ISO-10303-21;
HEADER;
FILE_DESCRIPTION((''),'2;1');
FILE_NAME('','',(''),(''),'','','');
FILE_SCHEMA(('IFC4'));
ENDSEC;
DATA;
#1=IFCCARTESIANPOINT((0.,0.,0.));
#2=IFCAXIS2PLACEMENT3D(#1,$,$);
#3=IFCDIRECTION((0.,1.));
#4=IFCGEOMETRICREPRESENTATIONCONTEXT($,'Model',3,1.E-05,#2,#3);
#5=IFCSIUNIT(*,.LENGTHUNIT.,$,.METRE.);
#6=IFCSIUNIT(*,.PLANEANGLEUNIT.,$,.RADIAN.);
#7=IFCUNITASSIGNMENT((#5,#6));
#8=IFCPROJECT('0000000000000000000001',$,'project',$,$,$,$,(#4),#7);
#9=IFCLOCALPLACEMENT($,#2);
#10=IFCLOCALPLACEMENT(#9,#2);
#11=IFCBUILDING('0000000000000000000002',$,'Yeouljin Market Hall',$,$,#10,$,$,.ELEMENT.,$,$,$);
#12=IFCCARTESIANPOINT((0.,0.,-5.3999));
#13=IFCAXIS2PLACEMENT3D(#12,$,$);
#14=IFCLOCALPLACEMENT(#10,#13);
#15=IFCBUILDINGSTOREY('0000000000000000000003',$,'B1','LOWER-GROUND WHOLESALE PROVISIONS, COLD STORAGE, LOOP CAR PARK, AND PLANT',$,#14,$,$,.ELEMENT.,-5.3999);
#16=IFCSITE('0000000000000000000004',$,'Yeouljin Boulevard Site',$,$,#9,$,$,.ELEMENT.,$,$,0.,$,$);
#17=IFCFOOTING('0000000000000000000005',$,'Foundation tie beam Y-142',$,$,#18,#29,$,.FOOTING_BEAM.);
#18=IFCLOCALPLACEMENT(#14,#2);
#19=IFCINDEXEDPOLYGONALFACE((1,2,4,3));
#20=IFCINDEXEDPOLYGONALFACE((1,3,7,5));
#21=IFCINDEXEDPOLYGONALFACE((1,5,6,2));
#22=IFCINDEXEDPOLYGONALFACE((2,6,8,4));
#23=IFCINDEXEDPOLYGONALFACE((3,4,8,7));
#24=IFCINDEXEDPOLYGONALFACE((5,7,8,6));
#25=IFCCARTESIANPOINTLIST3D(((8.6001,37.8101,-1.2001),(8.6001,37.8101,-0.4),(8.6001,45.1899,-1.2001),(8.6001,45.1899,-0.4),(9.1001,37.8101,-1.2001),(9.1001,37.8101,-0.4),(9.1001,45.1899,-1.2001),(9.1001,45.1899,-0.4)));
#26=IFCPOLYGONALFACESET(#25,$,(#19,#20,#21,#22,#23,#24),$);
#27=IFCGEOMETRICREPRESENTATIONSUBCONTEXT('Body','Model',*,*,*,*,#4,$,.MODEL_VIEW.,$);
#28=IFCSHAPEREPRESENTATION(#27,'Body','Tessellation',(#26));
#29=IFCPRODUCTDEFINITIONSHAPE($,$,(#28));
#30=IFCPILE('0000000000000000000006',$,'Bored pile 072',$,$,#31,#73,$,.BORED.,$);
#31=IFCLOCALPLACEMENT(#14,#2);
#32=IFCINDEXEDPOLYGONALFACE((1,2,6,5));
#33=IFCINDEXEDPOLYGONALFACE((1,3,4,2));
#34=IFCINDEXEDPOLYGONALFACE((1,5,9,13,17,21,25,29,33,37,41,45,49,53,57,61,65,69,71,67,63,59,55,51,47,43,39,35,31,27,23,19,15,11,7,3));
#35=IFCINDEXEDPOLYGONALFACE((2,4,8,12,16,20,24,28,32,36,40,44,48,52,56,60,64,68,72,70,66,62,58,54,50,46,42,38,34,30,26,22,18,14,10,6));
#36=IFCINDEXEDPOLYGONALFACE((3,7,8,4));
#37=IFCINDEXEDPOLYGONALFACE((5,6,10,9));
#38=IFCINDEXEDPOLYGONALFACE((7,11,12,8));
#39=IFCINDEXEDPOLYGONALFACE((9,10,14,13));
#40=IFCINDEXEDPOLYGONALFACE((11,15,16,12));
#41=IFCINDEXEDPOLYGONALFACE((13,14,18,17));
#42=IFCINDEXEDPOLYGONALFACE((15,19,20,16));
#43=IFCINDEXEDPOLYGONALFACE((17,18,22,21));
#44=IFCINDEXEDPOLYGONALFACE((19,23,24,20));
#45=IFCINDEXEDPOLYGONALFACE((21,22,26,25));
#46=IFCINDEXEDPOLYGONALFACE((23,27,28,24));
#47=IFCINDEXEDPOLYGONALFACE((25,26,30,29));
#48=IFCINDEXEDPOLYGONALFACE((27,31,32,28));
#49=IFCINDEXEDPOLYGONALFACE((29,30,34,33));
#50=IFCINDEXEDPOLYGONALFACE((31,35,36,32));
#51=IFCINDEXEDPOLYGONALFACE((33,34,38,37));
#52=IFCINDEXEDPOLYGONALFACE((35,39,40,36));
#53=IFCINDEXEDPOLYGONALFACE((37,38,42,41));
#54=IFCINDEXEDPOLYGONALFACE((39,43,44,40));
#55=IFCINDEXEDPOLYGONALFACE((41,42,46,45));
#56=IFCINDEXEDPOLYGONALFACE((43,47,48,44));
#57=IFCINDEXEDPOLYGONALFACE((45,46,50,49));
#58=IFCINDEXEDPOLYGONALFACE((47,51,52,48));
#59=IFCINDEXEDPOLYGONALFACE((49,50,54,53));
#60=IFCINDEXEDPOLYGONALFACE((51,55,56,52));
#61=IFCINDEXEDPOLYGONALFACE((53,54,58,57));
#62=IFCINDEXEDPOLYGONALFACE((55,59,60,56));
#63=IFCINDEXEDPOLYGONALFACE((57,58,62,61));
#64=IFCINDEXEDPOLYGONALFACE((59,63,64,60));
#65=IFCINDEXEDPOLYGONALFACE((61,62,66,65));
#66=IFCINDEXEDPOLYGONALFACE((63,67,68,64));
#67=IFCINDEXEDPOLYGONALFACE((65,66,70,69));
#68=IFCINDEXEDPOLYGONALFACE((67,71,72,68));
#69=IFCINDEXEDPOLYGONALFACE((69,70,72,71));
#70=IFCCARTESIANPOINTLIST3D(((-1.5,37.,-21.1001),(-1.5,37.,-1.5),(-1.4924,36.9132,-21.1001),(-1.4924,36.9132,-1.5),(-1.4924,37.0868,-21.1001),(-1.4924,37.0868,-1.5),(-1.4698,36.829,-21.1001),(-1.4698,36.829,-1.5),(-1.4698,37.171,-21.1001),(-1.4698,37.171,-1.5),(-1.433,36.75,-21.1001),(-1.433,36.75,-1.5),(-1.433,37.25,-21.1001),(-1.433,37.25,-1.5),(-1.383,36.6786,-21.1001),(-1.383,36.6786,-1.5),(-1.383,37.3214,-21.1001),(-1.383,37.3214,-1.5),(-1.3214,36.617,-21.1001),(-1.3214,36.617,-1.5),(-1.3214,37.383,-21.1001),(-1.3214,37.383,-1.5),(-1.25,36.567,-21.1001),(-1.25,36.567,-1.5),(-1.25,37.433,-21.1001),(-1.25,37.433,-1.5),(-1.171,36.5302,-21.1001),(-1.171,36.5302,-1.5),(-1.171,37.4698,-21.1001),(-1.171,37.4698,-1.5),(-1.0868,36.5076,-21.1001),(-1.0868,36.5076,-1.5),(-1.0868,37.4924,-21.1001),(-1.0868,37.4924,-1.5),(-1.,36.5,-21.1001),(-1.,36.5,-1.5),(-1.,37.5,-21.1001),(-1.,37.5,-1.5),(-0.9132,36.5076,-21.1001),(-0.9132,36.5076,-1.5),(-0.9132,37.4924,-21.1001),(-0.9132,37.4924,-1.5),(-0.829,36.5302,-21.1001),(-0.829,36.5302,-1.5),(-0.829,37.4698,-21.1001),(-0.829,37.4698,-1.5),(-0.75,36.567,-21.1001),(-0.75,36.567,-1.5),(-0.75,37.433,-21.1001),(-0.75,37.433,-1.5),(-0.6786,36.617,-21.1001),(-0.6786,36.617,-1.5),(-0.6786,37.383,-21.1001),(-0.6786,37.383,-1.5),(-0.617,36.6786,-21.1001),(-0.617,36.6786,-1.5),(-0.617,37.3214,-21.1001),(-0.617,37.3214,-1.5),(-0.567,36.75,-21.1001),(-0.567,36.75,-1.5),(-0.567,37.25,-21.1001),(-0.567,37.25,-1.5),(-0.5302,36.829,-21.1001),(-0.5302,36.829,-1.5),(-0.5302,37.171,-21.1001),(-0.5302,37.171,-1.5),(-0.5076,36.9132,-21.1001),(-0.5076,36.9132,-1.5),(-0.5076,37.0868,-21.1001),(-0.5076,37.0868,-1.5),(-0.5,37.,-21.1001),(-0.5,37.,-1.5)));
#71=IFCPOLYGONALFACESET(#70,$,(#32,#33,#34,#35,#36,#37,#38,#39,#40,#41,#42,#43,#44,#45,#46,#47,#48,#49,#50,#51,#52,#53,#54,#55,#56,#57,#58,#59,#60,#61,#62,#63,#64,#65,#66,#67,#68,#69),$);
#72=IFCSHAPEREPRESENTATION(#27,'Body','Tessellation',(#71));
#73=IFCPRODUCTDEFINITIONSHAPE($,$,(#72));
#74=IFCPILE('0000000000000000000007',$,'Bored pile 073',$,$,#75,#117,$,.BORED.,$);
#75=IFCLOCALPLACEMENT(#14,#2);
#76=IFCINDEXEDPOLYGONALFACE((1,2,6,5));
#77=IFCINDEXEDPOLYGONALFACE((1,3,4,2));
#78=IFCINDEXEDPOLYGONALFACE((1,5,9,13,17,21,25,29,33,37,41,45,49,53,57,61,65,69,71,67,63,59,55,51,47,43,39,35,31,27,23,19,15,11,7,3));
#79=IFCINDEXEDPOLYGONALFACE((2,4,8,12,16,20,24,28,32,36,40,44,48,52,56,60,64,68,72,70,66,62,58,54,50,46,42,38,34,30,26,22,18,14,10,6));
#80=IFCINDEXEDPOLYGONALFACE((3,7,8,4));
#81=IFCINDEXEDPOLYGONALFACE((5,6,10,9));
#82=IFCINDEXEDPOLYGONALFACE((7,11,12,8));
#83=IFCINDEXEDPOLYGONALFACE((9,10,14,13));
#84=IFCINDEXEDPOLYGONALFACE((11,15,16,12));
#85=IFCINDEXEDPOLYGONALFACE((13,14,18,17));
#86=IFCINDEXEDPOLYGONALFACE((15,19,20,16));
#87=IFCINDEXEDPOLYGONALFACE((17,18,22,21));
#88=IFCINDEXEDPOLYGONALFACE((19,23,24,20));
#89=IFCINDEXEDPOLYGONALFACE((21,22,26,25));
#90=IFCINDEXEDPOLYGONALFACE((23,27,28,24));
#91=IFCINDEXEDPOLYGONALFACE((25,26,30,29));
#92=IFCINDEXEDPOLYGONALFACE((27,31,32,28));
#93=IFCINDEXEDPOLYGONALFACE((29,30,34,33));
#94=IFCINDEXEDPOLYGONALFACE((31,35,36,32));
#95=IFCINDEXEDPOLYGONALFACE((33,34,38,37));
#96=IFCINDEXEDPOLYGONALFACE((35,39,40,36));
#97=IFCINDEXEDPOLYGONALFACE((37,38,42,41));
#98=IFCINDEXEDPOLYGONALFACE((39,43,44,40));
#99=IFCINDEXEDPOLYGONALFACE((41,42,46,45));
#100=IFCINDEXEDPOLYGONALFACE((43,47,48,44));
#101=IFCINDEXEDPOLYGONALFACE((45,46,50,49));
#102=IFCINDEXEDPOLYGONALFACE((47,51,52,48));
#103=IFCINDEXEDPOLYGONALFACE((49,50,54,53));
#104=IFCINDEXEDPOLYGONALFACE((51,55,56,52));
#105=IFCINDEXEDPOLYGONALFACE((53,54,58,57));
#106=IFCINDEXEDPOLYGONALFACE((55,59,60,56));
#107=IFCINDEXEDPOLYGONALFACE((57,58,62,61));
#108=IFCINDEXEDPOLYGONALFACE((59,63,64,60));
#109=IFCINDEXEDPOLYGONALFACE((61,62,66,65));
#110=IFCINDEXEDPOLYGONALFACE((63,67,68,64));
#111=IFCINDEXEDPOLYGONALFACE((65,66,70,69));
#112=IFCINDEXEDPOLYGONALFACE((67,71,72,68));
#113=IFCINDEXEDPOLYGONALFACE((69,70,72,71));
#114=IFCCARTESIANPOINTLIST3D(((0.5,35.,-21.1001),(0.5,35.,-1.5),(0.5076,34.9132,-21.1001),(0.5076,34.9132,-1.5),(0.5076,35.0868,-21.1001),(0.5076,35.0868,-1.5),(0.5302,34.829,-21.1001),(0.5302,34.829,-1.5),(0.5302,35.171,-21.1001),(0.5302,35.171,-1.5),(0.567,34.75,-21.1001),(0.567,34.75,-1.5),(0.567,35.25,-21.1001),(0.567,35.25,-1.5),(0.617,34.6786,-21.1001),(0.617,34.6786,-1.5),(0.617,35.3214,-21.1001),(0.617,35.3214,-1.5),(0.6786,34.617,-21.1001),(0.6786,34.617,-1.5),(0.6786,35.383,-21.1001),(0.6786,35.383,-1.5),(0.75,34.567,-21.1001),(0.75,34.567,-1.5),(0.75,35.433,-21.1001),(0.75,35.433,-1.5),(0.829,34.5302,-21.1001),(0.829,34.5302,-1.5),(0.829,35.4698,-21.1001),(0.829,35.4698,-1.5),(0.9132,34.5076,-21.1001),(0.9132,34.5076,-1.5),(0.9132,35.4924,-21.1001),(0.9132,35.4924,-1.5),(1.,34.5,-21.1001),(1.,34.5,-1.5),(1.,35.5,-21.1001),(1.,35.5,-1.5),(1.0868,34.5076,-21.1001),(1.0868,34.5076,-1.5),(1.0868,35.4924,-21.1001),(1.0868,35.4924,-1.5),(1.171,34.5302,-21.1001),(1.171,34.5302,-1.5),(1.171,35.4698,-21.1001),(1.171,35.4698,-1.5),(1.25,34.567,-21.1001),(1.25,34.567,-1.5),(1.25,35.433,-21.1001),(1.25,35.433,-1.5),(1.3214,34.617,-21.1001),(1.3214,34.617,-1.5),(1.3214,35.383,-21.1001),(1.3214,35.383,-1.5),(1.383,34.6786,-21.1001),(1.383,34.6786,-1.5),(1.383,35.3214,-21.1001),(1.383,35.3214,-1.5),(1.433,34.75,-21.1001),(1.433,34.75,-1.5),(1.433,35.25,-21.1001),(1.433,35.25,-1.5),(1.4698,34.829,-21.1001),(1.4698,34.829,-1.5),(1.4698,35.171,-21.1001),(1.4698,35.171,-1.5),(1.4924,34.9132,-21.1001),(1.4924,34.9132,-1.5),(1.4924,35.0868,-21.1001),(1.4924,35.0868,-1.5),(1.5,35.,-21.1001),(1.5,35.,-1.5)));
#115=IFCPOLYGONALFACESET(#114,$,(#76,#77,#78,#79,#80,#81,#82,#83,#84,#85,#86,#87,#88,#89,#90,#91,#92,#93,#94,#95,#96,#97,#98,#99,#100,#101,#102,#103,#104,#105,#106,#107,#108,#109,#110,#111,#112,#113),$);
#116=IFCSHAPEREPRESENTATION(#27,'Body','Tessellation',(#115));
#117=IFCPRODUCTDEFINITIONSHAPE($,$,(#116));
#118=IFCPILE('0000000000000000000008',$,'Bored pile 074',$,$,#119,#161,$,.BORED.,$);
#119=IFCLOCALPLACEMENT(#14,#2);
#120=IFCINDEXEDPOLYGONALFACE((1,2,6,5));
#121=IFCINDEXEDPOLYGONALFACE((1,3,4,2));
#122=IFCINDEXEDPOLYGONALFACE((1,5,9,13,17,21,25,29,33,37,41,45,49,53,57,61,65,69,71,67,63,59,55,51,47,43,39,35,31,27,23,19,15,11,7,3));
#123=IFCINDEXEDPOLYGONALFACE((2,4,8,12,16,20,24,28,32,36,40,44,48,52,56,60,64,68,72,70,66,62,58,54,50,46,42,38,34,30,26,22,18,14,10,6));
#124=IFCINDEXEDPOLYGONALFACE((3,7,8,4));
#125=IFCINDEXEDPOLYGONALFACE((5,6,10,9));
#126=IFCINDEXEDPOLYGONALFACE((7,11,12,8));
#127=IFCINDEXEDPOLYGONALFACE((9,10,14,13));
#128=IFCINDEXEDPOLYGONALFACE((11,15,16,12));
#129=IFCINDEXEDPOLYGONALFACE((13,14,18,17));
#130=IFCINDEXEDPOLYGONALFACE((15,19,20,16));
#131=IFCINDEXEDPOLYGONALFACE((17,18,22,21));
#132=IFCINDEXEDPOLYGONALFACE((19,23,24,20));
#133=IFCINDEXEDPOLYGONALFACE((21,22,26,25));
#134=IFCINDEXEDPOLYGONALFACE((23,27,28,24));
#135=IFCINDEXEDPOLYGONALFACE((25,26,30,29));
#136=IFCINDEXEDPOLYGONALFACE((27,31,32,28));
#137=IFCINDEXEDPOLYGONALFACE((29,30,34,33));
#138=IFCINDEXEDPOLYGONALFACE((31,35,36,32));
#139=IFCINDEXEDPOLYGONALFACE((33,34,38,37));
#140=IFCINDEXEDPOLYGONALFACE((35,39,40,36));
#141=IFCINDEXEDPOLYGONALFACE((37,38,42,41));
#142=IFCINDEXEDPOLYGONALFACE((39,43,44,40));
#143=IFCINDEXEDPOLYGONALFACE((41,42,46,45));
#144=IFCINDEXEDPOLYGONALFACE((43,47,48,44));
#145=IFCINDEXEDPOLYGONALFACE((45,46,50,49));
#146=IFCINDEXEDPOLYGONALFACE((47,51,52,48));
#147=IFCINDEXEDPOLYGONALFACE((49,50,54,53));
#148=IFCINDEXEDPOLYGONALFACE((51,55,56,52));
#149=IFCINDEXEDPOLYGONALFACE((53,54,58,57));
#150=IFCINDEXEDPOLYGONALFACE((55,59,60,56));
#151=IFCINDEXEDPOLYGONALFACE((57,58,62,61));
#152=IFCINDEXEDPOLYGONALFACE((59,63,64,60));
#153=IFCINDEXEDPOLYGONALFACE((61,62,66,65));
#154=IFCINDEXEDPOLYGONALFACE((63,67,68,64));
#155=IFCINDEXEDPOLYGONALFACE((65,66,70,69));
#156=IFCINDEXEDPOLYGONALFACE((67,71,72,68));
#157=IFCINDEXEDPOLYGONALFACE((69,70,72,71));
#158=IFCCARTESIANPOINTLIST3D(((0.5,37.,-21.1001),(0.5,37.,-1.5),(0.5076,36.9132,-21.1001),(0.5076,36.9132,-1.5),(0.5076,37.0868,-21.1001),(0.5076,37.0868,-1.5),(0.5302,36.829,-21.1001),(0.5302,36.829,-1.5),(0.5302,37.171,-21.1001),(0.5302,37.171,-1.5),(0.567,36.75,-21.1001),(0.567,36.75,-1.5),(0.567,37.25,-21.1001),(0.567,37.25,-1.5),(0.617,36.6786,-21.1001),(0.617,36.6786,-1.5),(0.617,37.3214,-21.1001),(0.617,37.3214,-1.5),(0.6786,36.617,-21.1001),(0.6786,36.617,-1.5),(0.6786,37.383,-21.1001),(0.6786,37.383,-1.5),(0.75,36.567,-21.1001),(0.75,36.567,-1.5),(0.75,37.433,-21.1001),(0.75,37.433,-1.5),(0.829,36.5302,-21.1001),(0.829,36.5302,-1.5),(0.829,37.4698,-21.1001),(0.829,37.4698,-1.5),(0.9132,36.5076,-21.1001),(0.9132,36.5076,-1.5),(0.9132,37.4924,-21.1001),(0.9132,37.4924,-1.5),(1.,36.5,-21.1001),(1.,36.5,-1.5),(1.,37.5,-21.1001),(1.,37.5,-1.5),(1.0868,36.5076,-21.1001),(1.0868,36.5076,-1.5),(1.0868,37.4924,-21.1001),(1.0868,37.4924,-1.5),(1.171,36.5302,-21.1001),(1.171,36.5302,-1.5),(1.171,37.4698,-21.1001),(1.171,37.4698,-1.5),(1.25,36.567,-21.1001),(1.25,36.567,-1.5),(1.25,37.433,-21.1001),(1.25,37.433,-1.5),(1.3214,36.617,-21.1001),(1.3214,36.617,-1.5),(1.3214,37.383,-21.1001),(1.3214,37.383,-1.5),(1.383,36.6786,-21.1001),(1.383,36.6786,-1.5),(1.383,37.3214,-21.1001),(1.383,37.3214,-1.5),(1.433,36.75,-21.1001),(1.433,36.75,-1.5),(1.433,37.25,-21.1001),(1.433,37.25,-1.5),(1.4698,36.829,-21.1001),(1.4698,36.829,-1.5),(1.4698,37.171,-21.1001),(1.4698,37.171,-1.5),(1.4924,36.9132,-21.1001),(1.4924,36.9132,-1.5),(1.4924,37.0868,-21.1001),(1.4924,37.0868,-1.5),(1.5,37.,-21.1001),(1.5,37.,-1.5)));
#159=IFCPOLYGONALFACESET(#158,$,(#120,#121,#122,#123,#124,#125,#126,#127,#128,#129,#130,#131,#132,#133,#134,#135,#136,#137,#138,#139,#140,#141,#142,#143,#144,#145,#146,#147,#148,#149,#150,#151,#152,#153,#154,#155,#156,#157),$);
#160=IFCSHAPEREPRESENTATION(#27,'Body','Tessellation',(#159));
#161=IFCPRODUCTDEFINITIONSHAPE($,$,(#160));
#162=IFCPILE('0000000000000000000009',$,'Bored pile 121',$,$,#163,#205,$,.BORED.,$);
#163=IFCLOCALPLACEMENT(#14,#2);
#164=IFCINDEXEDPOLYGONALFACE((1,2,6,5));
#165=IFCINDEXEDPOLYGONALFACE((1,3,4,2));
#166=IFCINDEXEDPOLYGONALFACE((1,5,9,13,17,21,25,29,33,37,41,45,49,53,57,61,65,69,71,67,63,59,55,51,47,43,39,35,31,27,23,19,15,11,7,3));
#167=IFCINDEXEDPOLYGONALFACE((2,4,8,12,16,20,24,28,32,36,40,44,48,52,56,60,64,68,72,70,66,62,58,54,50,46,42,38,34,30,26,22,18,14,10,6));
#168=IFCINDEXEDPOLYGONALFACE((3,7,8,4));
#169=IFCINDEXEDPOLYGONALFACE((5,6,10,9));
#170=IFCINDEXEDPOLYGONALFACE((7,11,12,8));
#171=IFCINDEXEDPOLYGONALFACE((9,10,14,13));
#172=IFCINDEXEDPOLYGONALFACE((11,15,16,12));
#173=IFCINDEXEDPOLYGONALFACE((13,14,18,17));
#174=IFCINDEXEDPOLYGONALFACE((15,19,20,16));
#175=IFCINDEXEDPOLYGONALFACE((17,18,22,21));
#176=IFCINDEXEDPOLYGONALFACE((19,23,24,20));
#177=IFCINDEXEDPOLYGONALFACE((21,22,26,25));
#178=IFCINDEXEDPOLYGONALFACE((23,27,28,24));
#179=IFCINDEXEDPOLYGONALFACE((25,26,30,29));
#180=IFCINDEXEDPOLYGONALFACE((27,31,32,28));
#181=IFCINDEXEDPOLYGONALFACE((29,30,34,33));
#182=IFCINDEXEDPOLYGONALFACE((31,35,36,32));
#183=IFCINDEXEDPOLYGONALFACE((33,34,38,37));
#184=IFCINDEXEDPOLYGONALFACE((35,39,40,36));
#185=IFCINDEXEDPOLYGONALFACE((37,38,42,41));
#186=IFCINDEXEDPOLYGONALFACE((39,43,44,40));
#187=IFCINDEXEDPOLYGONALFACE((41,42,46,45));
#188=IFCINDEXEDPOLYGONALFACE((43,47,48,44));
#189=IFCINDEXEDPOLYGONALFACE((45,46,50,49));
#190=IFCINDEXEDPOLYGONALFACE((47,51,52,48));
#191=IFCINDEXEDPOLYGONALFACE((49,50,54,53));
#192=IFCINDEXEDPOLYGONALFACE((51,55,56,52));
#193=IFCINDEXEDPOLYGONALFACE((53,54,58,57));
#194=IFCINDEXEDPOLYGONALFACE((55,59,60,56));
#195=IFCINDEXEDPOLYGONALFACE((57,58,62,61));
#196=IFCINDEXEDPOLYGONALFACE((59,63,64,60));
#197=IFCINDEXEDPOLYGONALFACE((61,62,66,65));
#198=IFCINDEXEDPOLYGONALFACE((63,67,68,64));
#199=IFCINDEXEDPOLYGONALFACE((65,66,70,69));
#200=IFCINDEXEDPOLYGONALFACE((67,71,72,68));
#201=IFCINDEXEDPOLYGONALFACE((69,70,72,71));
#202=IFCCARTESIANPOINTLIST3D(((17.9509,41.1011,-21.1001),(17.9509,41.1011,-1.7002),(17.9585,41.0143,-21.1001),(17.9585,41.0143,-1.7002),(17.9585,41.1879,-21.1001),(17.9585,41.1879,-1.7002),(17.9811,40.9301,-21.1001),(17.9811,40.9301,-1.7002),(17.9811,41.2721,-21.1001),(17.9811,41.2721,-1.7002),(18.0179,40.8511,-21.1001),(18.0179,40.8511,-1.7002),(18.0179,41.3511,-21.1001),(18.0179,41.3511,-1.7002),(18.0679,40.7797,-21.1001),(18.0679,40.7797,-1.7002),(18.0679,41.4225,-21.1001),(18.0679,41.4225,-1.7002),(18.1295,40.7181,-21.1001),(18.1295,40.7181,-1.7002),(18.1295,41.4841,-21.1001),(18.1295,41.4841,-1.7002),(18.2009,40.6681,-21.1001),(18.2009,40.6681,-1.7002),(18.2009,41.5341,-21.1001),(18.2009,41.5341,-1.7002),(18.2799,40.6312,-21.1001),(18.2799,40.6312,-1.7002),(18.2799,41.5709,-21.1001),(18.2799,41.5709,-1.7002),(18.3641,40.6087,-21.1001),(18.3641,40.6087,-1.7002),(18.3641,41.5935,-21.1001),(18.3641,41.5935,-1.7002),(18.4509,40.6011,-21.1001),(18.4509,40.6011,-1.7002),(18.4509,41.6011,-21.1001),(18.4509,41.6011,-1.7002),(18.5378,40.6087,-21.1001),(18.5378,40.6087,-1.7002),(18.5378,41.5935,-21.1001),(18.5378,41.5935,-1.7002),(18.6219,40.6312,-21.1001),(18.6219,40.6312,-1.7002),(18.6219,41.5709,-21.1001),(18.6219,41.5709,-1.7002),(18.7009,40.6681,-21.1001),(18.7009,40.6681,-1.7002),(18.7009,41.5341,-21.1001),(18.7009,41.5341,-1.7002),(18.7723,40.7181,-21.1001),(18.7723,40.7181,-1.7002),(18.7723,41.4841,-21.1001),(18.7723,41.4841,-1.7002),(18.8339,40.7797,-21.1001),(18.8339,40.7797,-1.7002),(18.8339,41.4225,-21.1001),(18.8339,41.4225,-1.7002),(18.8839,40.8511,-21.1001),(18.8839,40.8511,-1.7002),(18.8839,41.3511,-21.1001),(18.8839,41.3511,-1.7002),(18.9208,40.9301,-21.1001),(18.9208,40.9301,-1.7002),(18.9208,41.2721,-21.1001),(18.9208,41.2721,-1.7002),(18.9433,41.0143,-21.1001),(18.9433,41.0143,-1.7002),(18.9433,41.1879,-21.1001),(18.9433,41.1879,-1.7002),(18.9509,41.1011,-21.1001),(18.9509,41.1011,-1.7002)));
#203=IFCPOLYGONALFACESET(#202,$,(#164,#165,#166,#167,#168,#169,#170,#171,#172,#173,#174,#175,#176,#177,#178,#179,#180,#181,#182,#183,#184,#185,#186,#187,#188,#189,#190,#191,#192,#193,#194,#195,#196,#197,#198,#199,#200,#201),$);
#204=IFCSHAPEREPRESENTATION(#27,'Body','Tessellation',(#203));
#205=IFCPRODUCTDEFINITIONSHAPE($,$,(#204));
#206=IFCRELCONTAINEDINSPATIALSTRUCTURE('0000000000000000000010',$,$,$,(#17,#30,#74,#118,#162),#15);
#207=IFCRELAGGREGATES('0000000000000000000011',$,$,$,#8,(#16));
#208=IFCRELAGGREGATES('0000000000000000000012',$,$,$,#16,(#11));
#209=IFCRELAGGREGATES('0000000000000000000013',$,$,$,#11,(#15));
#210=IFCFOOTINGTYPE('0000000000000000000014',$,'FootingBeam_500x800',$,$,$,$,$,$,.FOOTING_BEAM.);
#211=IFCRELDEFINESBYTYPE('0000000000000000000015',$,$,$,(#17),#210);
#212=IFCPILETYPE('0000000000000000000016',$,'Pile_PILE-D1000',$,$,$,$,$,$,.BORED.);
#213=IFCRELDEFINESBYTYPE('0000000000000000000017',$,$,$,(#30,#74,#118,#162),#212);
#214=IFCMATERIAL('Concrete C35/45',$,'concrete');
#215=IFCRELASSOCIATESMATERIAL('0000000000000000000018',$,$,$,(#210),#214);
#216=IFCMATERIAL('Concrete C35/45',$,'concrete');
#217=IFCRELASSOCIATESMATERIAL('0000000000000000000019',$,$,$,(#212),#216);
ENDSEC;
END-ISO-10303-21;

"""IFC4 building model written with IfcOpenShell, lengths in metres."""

from ifc_helpers import new_model, si_unit, direction, frame, origin, origin_2d, place, context, subcontext, project, spatial, rectangle, circle, extrude, material, material_profile, profile_set, type_object, element, save


model = new_model("IFC4")

# Units and contexts
model_context = context("Model", 3, precision=1e-05, world=origin(), true_north=direction((0.0, 1.0)))
body_context = subcontext(model_context, "Body", "Model", "MODEL_VIEW")
ifc_project = project(units=[si_unit("LENGTHUNIT", "METRE"), si_unit("PLANEANGLEUNIT", "RADIAN")], contexts=[model_context])

# Site, building, storey
site_placement = place(None, origin())
site = spatial("IfcSite", under=ifc_project, at=site_placement, Name="Yeouljin Boulevard Site", CompositionType="ELEMENT", RefElevation=0.0)
building_placement = place(site_placement, origin())
building = spatial("IfcBuilding", under=site, at=building_placement, Name="Yeouljin Market Hall", CompositionType="ELEMENT")
storey_placement = place(building_placement, frame((0.0, 0.0, -5.3999)))
storey = spatial("IfcBuildingStorey", under=building, at=storey_placement, Name="B1", Description="LOWER-GROUND WHOLESALE PROVISIONS, COLD STORAGE, LOOP CAR PARK, AND PLANT", CompositionType="ELEMENT", Elevation=-5.3999)

# Footing
ifc_material_1 = material(Name="Concrete C35/45", Category="concrete")
ifc_material_profile_1 = material_profile(ifc_material_1, rectangle(XDim=0.5, YDim=0.8, at=origin_2d()), Name="RC-500x800")
ifc_profile_set_1 = profile_set([ifc_material_profile_1], Name="Concrete C35/45")
footing_type_1 = type_object("IfcFootingType", Name="FootingBeam_500x800", PredefinedType="FOOTING_BEAM", material=ifc_profile_set_1)
footing_1_placement = place(storey_placement, frame((8.8501, 37.8101, -0.8), z_axis=(0.0, 1.0, 0.0), x_axis=(-1.0, 0.0, 0.0)))
element("IfcFooting", 1, at=footing_1_placement, inside=storey, type_object=footing_type_1, Name="Foundation tie beam Y-142", PredefinedType="FOOTING_BEAM", context=body_context, shape_type="SweptSolid", body=[
    extrude(rectangle(XDim=0.5, YDim=0.8, at=origin_2d()), origin(), (0.0, 0.0, 1.0), 7.3799),
])

# Piles
ifc_material_2 = material(Name="Concrete C35/45", Category="concrete")
ifc_material_profile_2 = material_profile(ifc_material_2, circle(Radius=0.5, at=origin_2d()), Name="PILE-D1000")
ifc_profile_set_2 = profile_set([ifc_material_profile_2], Name="Concrete C35/45")
pile_type_1 = type_object("IfcPileType", Name="Pile_PILE-D1000", PredefinedType="BORED", material=ifc_profile_set_2)
for number, where, z_axis, x_axis, name in (
    (2, (-1.0, 37.0, -1.5), (0.0, 0.0, -1.0), (1.0, 0.0, 0.0), "Bored pile 072"),
    (3, (1.0, 35.0, -1.5), (0.0, 0.0, -1.0), (1.0, 0.0, 0.0), "Bored pile 073"),
    (4, (1.0, 37.0, -1.5), (0.0, 0.0, -1.0), (1.0, 0.0, 0.0), "Bored pile 074"),
):
    element("IfcPile", number, at=place(storey_placement, frame(where, z_axis=z_axis, x_axis=x_axis)), inside=storey, type_object=pile_type_1, Name=name, PredefinedType="BORED", context=body_context, shape_type="SweptSolid", body=[
        extrude(circle(Radius=0.5, at=origin_2d()), origin(), (0.0, 0.0, 1.0), 19.6001),
    ])
pile_placement = place(storey_placement, frame((18.4509, 41.1011, -1.7002), z_axis=(0.0, 0.0, -1.0), x_axis=(1.0, 0.0, 0.0)))
element("IfcPile", 5, at=pile_placement, inside=storey, type_object=pile_type_1, Name="Bored pile 121", PredefinedType="BORED", context=body_context, shape_type="SweptSolid", body=[
    extrude(circle(Radius=0.5, at=origin_2d()), origin(), (0.0, 0.0, 1.0), 19.3999),
])

save(model, "model.ifc")
